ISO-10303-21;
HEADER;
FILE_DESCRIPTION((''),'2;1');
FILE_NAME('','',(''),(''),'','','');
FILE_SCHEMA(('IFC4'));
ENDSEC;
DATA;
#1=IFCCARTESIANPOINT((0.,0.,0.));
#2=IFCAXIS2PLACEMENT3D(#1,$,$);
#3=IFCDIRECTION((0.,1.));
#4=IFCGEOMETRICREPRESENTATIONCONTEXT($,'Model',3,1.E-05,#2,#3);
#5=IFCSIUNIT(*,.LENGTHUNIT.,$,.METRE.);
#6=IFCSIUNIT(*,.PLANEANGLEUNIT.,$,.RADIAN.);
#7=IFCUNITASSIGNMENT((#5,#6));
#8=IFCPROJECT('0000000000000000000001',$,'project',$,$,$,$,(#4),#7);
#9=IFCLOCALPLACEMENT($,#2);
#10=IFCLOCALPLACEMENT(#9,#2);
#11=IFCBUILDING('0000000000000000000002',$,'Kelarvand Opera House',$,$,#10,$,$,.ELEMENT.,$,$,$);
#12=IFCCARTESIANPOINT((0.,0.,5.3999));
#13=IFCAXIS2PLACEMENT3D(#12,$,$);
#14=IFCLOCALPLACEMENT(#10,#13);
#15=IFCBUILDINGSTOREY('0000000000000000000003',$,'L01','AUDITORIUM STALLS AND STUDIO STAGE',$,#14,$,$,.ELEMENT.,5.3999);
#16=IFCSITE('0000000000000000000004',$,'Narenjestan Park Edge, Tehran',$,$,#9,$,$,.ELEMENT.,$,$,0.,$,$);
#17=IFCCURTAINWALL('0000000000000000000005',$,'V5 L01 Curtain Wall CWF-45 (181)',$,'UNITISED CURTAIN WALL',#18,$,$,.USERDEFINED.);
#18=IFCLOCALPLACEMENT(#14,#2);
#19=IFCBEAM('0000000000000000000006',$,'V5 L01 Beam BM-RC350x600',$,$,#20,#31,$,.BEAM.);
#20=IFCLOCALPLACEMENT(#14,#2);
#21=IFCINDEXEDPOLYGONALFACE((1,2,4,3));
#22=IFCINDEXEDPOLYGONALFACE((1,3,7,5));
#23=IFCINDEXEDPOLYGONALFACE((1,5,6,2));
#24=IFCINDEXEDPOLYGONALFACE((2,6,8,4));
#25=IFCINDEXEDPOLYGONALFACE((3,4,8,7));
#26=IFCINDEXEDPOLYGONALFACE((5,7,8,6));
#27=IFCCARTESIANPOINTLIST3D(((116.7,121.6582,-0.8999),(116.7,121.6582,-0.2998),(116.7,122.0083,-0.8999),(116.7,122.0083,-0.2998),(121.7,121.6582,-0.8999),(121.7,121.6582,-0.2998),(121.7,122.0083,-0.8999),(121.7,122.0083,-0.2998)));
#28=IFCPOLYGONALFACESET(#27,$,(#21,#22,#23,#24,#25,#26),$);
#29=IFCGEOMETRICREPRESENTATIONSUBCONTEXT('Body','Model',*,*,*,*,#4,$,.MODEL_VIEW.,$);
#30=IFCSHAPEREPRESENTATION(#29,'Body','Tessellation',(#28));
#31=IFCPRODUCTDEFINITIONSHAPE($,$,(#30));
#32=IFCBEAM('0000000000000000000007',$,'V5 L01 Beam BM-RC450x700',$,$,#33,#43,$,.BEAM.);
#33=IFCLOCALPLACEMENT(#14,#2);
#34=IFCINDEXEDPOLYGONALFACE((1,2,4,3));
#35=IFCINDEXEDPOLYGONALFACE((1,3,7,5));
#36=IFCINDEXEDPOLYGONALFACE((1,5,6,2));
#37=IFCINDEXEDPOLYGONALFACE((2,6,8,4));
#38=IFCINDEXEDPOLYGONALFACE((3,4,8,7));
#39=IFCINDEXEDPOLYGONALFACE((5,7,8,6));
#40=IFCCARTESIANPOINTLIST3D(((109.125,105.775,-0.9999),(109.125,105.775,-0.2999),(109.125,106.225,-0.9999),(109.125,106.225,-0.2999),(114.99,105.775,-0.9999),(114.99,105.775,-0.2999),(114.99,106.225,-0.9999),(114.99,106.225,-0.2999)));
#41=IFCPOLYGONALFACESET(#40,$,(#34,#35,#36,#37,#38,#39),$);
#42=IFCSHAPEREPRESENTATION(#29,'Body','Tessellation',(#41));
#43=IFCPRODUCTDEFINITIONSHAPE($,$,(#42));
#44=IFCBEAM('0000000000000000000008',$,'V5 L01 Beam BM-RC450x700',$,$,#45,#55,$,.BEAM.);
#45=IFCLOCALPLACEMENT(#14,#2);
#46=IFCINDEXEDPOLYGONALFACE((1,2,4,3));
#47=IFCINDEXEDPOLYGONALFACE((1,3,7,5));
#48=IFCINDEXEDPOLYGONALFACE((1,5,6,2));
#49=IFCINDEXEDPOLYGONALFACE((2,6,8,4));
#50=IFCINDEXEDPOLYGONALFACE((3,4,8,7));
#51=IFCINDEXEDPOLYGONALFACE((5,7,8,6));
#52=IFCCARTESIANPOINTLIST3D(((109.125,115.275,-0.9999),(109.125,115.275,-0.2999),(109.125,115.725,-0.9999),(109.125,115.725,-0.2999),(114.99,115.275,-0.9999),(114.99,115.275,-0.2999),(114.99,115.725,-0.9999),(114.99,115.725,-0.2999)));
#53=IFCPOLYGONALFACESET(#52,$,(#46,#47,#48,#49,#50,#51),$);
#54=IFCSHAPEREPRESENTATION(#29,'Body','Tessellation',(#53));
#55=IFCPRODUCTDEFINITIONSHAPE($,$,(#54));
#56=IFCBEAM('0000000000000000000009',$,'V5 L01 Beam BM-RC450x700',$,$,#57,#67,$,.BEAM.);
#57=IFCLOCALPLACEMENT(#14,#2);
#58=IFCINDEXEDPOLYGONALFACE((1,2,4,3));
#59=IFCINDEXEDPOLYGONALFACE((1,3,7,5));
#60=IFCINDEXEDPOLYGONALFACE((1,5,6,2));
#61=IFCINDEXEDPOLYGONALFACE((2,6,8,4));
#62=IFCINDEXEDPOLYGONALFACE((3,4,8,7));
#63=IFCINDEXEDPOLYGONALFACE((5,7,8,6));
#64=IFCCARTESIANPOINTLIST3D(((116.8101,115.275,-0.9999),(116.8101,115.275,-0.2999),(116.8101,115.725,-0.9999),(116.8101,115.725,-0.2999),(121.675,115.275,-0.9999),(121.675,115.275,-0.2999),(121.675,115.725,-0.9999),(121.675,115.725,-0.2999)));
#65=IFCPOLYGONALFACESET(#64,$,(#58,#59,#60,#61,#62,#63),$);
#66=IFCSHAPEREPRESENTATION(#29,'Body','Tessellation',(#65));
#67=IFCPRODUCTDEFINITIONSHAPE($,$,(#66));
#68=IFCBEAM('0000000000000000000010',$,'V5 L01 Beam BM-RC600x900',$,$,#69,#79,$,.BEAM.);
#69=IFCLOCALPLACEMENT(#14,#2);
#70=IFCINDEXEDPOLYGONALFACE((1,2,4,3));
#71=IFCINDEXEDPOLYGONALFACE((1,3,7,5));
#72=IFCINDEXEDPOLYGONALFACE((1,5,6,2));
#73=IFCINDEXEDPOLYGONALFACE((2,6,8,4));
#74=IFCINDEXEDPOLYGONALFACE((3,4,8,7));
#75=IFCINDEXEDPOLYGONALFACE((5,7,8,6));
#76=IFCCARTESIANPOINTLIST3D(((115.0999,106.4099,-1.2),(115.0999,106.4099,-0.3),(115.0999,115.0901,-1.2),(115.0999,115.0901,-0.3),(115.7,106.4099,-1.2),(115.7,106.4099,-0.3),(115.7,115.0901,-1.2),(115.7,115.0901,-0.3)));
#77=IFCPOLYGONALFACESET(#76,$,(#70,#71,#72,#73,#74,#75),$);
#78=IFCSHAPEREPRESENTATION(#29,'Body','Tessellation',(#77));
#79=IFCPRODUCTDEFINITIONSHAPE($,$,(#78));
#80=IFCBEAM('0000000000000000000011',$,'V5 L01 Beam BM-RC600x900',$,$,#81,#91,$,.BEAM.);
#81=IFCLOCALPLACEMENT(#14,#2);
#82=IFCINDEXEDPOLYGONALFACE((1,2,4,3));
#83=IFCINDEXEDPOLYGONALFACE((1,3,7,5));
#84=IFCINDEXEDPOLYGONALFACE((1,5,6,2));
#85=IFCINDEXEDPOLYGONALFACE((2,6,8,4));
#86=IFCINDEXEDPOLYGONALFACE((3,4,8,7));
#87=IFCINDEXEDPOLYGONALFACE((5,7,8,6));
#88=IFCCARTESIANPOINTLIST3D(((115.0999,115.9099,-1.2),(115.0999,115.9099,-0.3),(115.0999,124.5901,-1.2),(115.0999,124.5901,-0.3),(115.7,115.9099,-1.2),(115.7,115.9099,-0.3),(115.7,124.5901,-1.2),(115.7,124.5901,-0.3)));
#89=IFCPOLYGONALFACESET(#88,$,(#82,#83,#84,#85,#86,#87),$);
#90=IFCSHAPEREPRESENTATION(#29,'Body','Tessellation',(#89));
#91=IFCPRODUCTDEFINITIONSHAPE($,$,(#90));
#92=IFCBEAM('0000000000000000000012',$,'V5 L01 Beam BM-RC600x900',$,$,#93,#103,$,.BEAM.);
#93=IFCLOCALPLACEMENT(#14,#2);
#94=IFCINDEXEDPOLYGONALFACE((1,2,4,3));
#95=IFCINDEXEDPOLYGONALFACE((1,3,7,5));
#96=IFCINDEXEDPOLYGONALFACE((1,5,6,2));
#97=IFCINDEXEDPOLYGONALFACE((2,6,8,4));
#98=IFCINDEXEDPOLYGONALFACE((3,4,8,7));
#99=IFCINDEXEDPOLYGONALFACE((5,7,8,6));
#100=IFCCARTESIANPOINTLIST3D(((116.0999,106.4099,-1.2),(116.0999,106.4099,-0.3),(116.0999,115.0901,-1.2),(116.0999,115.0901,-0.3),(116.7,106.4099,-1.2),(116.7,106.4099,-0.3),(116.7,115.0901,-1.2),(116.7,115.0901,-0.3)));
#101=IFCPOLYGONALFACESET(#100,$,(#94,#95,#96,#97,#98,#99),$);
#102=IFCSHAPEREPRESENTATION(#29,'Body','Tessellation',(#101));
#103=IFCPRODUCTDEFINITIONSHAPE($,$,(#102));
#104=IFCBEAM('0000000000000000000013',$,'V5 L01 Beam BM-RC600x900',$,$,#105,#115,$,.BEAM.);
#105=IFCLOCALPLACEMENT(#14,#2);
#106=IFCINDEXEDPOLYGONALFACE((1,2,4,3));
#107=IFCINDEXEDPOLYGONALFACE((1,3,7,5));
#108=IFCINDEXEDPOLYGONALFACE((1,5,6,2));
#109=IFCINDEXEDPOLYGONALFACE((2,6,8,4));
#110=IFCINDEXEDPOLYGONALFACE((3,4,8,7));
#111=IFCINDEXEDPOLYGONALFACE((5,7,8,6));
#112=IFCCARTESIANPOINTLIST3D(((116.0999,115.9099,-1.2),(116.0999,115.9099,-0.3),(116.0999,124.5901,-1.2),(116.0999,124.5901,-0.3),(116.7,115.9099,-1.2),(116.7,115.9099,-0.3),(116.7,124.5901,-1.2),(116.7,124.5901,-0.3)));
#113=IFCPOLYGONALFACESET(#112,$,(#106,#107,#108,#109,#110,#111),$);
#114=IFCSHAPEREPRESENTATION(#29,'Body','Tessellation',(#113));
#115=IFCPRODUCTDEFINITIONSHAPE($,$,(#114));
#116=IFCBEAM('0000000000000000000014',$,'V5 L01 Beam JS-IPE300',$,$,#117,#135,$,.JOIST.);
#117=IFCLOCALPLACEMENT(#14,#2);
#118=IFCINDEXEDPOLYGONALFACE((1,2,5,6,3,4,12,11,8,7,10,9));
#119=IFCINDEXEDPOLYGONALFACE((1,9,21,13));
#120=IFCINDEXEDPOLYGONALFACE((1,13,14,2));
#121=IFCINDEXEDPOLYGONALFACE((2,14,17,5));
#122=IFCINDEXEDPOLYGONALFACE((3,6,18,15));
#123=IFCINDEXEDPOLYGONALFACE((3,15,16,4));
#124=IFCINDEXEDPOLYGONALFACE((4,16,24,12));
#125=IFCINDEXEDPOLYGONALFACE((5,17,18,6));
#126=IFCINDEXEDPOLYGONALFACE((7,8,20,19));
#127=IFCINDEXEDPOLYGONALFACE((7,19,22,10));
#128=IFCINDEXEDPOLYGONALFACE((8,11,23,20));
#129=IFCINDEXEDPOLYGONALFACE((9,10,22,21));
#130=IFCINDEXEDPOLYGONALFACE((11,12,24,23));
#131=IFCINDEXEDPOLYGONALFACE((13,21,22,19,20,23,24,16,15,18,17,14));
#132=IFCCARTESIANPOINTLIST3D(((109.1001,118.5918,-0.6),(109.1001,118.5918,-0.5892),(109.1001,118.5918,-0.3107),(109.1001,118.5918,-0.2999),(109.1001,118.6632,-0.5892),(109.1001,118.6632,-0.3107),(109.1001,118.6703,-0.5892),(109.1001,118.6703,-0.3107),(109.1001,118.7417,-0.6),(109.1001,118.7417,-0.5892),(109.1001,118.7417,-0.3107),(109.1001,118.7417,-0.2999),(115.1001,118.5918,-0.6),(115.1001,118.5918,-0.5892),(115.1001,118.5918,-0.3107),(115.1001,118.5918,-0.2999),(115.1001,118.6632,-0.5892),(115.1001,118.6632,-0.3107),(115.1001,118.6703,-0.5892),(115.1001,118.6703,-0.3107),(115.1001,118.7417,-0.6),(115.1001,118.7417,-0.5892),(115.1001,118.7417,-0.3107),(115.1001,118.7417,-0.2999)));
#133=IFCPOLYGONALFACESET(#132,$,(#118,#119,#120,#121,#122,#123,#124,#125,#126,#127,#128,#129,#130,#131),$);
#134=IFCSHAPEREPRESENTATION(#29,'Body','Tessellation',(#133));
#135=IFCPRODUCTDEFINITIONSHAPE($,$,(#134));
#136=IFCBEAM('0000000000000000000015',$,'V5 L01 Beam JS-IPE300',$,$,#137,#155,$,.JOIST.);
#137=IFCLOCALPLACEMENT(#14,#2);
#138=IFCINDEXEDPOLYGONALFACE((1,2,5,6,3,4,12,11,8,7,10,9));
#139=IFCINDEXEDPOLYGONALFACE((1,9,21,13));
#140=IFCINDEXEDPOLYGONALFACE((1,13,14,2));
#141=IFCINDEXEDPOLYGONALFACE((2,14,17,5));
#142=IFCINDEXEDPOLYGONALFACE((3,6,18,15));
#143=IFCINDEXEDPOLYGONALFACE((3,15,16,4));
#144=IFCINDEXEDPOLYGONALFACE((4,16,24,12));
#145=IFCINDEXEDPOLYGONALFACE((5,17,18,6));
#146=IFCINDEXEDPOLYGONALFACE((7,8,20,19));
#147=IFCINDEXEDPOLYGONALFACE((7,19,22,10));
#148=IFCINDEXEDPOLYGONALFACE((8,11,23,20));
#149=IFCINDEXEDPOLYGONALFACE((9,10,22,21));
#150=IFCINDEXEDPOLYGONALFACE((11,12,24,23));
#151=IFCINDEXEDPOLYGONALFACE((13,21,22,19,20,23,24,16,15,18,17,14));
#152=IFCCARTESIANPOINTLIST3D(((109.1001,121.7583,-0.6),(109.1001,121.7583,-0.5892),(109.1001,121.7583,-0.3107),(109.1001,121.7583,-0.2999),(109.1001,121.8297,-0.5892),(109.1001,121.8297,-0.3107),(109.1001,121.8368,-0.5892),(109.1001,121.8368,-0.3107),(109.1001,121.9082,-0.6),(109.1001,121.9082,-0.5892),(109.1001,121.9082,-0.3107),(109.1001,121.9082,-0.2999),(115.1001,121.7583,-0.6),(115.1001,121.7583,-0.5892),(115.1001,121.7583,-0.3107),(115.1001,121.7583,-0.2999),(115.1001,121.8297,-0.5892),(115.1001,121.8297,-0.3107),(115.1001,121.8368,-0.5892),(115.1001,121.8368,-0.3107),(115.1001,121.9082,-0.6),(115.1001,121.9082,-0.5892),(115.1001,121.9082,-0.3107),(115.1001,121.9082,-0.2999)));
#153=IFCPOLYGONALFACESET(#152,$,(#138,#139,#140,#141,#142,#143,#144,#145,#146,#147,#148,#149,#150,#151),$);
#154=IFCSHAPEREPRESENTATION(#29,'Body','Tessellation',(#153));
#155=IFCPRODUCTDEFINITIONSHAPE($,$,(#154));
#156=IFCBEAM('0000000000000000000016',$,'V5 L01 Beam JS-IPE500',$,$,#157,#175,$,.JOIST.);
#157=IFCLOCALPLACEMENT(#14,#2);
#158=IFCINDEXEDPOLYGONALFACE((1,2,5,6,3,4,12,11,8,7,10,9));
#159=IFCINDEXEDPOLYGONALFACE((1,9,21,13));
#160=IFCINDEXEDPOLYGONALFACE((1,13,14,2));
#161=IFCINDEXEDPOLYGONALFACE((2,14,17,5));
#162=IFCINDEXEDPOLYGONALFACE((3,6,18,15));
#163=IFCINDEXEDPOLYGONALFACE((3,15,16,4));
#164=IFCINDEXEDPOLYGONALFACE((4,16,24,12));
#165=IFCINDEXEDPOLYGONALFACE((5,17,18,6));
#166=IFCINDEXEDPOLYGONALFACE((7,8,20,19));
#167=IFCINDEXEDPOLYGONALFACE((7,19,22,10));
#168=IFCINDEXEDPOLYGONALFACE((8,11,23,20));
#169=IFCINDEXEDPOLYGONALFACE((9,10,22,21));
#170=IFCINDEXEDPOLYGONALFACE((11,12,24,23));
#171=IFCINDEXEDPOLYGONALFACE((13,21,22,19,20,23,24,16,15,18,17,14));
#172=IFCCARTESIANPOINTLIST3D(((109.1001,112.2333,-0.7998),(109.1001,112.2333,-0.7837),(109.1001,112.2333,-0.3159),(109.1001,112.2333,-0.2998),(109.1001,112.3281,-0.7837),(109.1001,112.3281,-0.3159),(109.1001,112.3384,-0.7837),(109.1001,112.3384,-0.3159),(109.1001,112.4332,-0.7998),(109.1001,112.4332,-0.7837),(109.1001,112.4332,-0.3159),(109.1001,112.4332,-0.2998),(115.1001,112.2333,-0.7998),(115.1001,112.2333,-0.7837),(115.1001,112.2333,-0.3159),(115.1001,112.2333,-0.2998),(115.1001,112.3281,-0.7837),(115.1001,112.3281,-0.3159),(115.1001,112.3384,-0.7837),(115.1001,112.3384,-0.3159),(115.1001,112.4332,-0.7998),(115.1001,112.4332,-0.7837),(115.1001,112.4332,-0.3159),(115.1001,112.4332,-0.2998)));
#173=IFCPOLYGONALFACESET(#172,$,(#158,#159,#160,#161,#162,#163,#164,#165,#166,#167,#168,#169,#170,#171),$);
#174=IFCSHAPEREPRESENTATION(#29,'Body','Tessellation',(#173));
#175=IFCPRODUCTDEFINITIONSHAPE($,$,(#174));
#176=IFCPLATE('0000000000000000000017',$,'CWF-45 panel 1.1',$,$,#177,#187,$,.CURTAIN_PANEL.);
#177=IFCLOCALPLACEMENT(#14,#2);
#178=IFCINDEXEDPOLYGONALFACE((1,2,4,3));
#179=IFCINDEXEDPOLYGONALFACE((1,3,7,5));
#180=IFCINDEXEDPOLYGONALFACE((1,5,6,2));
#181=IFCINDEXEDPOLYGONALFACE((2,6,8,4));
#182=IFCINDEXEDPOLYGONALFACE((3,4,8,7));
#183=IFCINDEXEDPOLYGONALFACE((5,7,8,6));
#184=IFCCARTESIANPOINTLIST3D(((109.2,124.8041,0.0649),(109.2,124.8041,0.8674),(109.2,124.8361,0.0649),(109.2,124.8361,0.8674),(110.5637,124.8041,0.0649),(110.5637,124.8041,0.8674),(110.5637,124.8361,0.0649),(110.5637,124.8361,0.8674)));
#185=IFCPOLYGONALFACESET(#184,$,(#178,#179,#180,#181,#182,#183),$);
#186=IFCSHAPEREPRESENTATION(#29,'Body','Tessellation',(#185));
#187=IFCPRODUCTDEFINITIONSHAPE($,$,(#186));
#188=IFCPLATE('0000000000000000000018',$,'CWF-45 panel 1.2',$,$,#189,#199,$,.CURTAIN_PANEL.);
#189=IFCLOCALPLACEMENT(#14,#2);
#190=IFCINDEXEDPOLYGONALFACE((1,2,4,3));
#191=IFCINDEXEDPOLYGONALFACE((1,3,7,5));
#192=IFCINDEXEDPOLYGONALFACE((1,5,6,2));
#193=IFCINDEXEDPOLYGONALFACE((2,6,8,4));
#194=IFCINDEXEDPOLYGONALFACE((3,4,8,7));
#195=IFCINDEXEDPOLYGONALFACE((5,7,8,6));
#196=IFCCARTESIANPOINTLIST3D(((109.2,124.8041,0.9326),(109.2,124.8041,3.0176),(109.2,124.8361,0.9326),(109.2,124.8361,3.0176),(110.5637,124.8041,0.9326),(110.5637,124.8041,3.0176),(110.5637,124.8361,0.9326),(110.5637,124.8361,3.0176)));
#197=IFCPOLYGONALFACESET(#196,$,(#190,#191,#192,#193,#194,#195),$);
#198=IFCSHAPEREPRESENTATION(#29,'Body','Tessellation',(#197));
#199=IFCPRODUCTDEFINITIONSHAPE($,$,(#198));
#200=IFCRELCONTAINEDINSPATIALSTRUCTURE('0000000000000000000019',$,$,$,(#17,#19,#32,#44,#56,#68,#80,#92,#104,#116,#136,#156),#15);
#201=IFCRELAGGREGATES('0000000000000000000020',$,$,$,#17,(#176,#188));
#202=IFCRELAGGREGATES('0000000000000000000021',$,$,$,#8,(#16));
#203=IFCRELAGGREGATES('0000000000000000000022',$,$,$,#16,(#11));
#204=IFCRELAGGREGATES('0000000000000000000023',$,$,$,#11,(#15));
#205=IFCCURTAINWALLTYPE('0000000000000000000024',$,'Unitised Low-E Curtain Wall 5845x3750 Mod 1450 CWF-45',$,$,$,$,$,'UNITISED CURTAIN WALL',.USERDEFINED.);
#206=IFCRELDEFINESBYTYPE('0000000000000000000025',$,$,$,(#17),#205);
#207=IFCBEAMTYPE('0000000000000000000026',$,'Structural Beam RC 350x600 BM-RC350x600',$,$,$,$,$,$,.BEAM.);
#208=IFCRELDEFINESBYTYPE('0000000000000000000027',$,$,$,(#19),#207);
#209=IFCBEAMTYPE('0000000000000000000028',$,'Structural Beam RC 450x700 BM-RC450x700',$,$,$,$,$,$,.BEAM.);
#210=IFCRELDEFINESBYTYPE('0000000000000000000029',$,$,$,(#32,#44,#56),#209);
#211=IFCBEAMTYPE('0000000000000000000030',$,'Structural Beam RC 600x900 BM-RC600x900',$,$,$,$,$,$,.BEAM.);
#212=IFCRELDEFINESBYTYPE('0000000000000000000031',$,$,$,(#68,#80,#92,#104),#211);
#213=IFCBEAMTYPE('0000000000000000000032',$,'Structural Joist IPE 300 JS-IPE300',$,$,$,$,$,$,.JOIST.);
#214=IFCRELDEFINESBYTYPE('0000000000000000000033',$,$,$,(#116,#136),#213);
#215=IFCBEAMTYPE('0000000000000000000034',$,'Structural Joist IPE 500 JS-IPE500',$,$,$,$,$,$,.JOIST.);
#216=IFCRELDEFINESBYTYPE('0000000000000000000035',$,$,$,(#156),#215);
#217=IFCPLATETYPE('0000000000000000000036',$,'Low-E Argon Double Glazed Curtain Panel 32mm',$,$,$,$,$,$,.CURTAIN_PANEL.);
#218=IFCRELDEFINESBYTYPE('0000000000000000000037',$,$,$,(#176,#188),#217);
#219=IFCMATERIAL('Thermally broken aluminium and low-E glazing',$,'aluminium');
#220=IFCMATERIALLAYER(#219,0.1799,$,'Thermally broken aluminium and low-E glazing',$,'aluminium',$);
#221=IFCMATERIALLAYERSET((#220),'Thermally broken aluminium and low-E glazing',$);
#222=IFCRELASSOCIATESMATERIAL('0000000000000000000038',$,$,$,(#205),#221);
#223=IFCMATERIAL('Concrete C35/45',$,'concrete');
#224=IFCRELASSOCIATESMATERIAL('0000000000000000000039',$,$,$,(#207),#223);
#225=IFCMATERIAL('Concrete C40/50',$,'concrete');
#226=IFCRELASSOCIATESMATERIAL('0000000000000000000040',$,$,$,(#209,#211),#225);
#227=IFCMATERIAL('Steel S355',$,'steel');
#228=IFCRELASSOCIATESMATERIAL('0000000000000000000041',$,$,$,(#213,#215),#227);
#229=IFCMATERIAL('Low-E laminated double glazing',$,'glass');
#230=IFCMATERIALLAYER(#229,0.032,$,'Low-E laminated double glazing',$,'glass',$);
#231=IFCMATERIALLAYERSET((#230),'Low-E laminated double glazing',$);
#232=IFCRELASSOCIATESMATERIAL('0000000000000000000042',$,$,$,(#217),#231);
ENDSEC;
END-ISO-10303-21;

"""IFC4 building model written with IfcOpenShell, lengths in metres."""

from ifc_helpers import new_model, si_unit, direction, frame, origin, origin_2d, place, context, subcontext, project, spatial, rectangle, i_section, extrude, material, layer, layer_set, material_profile, profile_set, type_object, element, aggregate, save


model = new_model("IFC4")

# Units and contexts
model_context = context("Model", 3, precision=1e-05, world=origin(), true_north=direction((0.0, 1.0)))
body_context = subcontext(model_context, "Body", "Model", "MODEL_VIEW")
ifc_project = project(units=[si_unit("LENGTHUNIT", "METRE"), si_unit("PLANEANGLEUNIT", "RADIAN")], contexts=[model_context])

# Site, building, storey
site_placement = place(None, origin())
site = spatial("IfcSite", under=ifc_project, at=site_placement, Name="Narenjestan Park Edge, Tehran", CompositionType="ELEMENT", RefElevation=0.0)
building_placement = place(site_placement, origin())
building = spatial("IfcBuilding", under=site, at=building_placement, Name="Kelarvand Opera House", CompositionType="ELEMENT")
storey_placement = place(building_placement, frame((0.0, 0.0, 5.3999)))
storey = spatial("IfcBuildingStorey", under=building, at=storey_placement, Name="L01", Description="AUDITORIUM STALLS AND STUDIO STAGE", CompositionType="ELEMENT", Elevation=5.3999)

# Shared definitions
ifc_material_1 = material(Name="Concrete C40/50", Category="concrete")

# Curtain wall
ifc_material_2 = material(Name="Thermally broken aluminium and low-E glazing", Category="aluminium")
ifc_layer_1 = layer(ifc_material_2, 0.1799, Name="Thermally broken aluminium and low-E glazing", Category="aluminium")
ifc_layer_set_1 = layer_set([ifc_layer_1], Name="Thermally broken aluminium and low-E glazing")
curtain_wall_type = type_object("IfcCurtainWallType", Name="Unitised Low-E Curtain Wall 5845x3750 Mod 1450 CWF-45", ElementType="UNITISED CURTAIN WALL", PredefinedType="USERDEFINED", material=ifc_layer_set_1)
curtain_wall_placement = place(storey_placement, origin())
curtain_wall = element("IfcCurtainWall", 1, at=curtain_wall_placement, inside=storey, type_object=curtain_wall_type, Name="V5 L01 Curtain Wall CWF-45 (181)", ObjectType="UNITISED CURTAIN WALL", PredefinedType="USERDEFINED")

# Beams
ifc_material_3 = material(Name="Concrete C35/45", Category="concrete")
ifc_material_profile_1 = material_profile(ifc_material_3, rectangle(XDim=0.3501, YDim=0.6001, at=origin_2d()), Name="RC 350x600", Category="concrete")
ifc_profile_set_1 = profile_set([ifc_material_profile_1], Name="Concrete C35/45")
beam_type_1 = type_object("IfcBeamType", Name="Structural Beam RC 350x600 BM-RC350x600", PredefinedType="BEAM", material=ifc_profile_set_1)
for number, where, z_axis, x_axis, name in (
    (2, (116.7, 121.8333, -0.5999), (1.0, 0.0, 0.0), (0.0, 1.0, 0.0), "V5 L01 Beam BM-RC350x600"),
):
    element("IfcBeam", number, at=place(storey_placement, frame(where, z_axis=z_axis, x_axis=x_axis)), inside=storey, type_object=beam_type_1, Name=name, PredefinedType="BEAM", context=body_context, shape_type="SweptSolid", body=[
        extrude(rectangle(XDim=0.3501, YDim=0.6001, at=origin_2d()), origin(), (0.0, 0.0, 1.0), 5.0),
    ])
ifc_material_profile_2 = material_profile(ifc_material_1, rectangle(XDim=0.45, YDim=0.7, at=origin_2d()), Name="RC 450x700", Category="concrete")
ifc_profile_set_2 = profile_set([ifc_material_profile_2], Name="Concrete C40/50")
beam_type_2 = type_object("IfcBeamType", Name="Structural Beam RC 450x700 BM-RC450x700", PredefinedType="BEAM", material=ifc_profile_set_2)
for number, where, z_axis, x_axis, name in (
    (3, (109.125, 106.0, -0.6499), (1.0, 0.0, 0.0), (0.0, 1.0, 0.0), "V5 L01 Beam BM-RC450x700"),
    (4, (109.125, 115.5, -0.6499), (1.0, 0.0, 0.0), (0.0, 1.0, 0.0), "V5 L01 Beam BM-RC450x700"),
):
    element("IfcBeam", number, at=place(storey_placement, frame(where, z_axis=z_axis, x_axis=x_axis)), inside=storey, type_object=beam_type_2, Name=name, PredefinedType="BEAM", context=body_context, shape_type="SweptSolid", body=[
        extrude(rectangle(XDim=0.45, YDim=0.7, at=origin_2d()), origin(), (0.0, 0.0, 1.0), 5.865),
    ])
beam_1_placement = place(storey_placement, frame((116.8101, 115.5, -0.6499), z_axis=(1.0, 0.0, 0.0), x_axis=(0.0, 1.0, 0.0)))
element("IfcBeam", 5, at=beam_1_placement, inside=storey, type_object=beam_type_2, Name="V5 L01 Beam BM-RC450x700", PredefinedType="BEAM", context=body_context, shape_type="SweptSolid", body=[
    extrude(rectangle(XDim=0.45, YDim=0.7, at=origin_2d()), origin(), (0.0, 0.0, 1.0), 4.865),
])
ifc_material_profile_3 = material_profile(ifc_material_1, rectangle(XDim=0.6001, YDim=0.8999, at=origin_2d()), Name="RC 600x900", Category="concrete")
ifc_profile_set_3 = profile_set([ifc_material_profile_3], Name="Concrete C40/50")
beam_type_3 = type_object("IfcBeamType", Name="Structural Beam RC 600x900 BM-RC600x900", PredefinedType="BEAM", material=ifc_profile_set_3)
for number, where, z_axis, x_axis, name in (
    (6, (115.3999, 106.4099, -0.75), (0.0, 1.0, 0.0), (-1.0, 0.0, 0.0), "V5 L01 Beam BM-RC600x900"),
    (7, (115.3999, 115.9099, -0.75), (0.0, 1.0, 0.0), (-1.0, 0.0, 0.0), "V5 L01 Beam BM-RC600x900"),
    (8, (116.3999, 106.4099, -0.75), (0.0, 1.0, 0.0), (-1.0, 0.0, 0.0), "V5 L01 Beam BM-RC600x900"),
    (9, (116.3999, 115.9099, -0.75), (0.0, 1.0, 0.0), (-1.0, 0.0, 0.0), "V5 L01 Beam BM-RC600x900"),
):
    element("IfcBeam", number, at=place(storey_placement, frame(where, z_axis=z_axis, x_axis=x_axis)), inside=storey, type_object=beam_type_3, Name=name, PredefinedType="BEAM", context=body_context, shape_type="SweptSolid", body=[
        extrude(rectangle(XDim=0.6001, YDim=0.8999, at=origin_2d()), origin(), (0.0, 0.0, 1.0), 8.6802),
    ])
ifc_material_4 = material(Name="Steel S355", Category="steel")
ifc_material_profile_4 = material_profile(ifc_material_4, i_section(OverallWidth=0.1499, OverallDepth=0.3, WebThickness=0.0071, FlangeThickness=0.0107, at=origin_2d()), Name="IPE 300", Category="steel")
ifc_profile_set_4 = profile_set([ifc_material_profile_4], Name="Steel S355")
beam_type_4 = type_object("IfcBeamType", Name="Structural Joist IPE 300 JS-IPE300", PredefinedType="JOIST", material=ifc_profile_set_4)
for number, where, z_axis, x_axis, name in (
    (10, (109.1001, 118.6667, -0.45), (1.0, 0.0, 0.0), (0.0, 1.0, 0.0), "V5 L01 Beam JS-IPE300"),
    (11, (109.1001, 121.8333, -0.45), (1.0, 0.0, 0.0), (0.0, 1.0, 0.0), "V5 L01 Beam JS-IPE300"),
):
    element("IfcBeam", number, at=place(storey_placement, frame(where, z_axis=z_axis, x_axis=x_axis)), inside=storey, type_object=beam_type_4, Name=name, PredefinedType="JOIST", context=body_context, shape_type="SweptSolid", body=[
        extrude(i_section(OverallWidth=0.1499, OverallDepth=0.3, WebThickness=0.0071, FlangeThickness=0.0107, at=origin_2d()), origin(), (0.0, 0.0, 1.0), 6.0),
    ])
ifc_material_profile_5 = material_profile(ifc_material_4, i_section(OverallWidth=0.2, OverallDepth=0.5, WebThickness=0.0103, FlangeThickness=0.0161, at=origin_2d()), Name="IPE 500", Category="steel")
ifc_profile_set_5 = profile_set([ifc_material_profile_5], Name="Steel S355")
beam_type_5 = type_object("IfcBeamType", Name="Structural Joist IPE 500 JS-IPE500", PredefinedType="JOIST", material=ifc_profile_set_5)
beam_2_placement = place(storey_placement, frame((109.1001, 112.3333, -0.5498), z_axis=(1.0, 0.0, 0.0), x_axis=(0.0, 1.0, 0.0)))
element("IfcBeam", 12, at=beam_2_placement, inside=storey, type_object=beam_type_5, Name="V5 L01 Beam JS-IPE500", PredefinedType="JOIST", context=body_context, shape_type="SweptSolid", body=[
    extrude(i_section(OverallWidth=0.2, OverallDepth=0.5, WebThickness=0.0103, FlangeThickness=0.0161, at=origin_2d()), origin(), (0.0, 0.0, 1.0), 6.0),
])

# Plates
ifc_material_5 = material(Name="Low-E laminated double glazing", Category="glass")
ifc_layer_2 = layer(ifc_material_5, 0.032, Name="Low-E laminated double glazing", Category="glass")
ifc_layer_set_2 = layer_set([ifc_layer_2], Name="Low-E laminated double glazing")
plate_type = type_object("IfcPlateType", Name="Low-E Argon Double Glazed Curtain Panel 32mm", PredefinedType="CURTAIN_PANEL", material=ifc_layer_set_2)
plate_1_placement = place(storey_placement, frame((109.8818, 124.8201, 0.0649), z_axis=(0.0, 0.0, 1.0), x_axis=(1.0, 0.0, 0.0)))
plate_1 = element("IfcPlate", 13, at=plate_1_placement, type_object=plate_type, Name="CWF-45 panel 1.1", PredefinedType="CURTAIN_PANEL", context=body_context, shape_type="SweptSolid", body=[
    extrude(rectangle(XDim=1.3638, YDim=0.032, at=origin_2d()), origin(), (0.0, 0.0, 1.0), 0.8025),
])
plate_2_placement = place(storey_placement, frame((109.8818, 124.8201, 0.9326), z_axis=(0.0, 0.0, 1.0), x_axis=(1.0, 0.0, 0.0)))
plate_2 = element("IfcPlate", 14, at=plate_2_placement, type_object=plate_type, Name="CWF-45 panel 1.2", PredefinedType="CURTAIN_PANEL", context=body_context, shape_type="SweptSolid", body=[
    extrude(rectangle(XDim=1.3638, YDim=0.032, at=origin_2d()), origin(), (0.0, 0.0, 1.0), 2.085),
])
aggregate(curtain_wall, [plate_1, plate_2])

save(model, "model.ifc")
